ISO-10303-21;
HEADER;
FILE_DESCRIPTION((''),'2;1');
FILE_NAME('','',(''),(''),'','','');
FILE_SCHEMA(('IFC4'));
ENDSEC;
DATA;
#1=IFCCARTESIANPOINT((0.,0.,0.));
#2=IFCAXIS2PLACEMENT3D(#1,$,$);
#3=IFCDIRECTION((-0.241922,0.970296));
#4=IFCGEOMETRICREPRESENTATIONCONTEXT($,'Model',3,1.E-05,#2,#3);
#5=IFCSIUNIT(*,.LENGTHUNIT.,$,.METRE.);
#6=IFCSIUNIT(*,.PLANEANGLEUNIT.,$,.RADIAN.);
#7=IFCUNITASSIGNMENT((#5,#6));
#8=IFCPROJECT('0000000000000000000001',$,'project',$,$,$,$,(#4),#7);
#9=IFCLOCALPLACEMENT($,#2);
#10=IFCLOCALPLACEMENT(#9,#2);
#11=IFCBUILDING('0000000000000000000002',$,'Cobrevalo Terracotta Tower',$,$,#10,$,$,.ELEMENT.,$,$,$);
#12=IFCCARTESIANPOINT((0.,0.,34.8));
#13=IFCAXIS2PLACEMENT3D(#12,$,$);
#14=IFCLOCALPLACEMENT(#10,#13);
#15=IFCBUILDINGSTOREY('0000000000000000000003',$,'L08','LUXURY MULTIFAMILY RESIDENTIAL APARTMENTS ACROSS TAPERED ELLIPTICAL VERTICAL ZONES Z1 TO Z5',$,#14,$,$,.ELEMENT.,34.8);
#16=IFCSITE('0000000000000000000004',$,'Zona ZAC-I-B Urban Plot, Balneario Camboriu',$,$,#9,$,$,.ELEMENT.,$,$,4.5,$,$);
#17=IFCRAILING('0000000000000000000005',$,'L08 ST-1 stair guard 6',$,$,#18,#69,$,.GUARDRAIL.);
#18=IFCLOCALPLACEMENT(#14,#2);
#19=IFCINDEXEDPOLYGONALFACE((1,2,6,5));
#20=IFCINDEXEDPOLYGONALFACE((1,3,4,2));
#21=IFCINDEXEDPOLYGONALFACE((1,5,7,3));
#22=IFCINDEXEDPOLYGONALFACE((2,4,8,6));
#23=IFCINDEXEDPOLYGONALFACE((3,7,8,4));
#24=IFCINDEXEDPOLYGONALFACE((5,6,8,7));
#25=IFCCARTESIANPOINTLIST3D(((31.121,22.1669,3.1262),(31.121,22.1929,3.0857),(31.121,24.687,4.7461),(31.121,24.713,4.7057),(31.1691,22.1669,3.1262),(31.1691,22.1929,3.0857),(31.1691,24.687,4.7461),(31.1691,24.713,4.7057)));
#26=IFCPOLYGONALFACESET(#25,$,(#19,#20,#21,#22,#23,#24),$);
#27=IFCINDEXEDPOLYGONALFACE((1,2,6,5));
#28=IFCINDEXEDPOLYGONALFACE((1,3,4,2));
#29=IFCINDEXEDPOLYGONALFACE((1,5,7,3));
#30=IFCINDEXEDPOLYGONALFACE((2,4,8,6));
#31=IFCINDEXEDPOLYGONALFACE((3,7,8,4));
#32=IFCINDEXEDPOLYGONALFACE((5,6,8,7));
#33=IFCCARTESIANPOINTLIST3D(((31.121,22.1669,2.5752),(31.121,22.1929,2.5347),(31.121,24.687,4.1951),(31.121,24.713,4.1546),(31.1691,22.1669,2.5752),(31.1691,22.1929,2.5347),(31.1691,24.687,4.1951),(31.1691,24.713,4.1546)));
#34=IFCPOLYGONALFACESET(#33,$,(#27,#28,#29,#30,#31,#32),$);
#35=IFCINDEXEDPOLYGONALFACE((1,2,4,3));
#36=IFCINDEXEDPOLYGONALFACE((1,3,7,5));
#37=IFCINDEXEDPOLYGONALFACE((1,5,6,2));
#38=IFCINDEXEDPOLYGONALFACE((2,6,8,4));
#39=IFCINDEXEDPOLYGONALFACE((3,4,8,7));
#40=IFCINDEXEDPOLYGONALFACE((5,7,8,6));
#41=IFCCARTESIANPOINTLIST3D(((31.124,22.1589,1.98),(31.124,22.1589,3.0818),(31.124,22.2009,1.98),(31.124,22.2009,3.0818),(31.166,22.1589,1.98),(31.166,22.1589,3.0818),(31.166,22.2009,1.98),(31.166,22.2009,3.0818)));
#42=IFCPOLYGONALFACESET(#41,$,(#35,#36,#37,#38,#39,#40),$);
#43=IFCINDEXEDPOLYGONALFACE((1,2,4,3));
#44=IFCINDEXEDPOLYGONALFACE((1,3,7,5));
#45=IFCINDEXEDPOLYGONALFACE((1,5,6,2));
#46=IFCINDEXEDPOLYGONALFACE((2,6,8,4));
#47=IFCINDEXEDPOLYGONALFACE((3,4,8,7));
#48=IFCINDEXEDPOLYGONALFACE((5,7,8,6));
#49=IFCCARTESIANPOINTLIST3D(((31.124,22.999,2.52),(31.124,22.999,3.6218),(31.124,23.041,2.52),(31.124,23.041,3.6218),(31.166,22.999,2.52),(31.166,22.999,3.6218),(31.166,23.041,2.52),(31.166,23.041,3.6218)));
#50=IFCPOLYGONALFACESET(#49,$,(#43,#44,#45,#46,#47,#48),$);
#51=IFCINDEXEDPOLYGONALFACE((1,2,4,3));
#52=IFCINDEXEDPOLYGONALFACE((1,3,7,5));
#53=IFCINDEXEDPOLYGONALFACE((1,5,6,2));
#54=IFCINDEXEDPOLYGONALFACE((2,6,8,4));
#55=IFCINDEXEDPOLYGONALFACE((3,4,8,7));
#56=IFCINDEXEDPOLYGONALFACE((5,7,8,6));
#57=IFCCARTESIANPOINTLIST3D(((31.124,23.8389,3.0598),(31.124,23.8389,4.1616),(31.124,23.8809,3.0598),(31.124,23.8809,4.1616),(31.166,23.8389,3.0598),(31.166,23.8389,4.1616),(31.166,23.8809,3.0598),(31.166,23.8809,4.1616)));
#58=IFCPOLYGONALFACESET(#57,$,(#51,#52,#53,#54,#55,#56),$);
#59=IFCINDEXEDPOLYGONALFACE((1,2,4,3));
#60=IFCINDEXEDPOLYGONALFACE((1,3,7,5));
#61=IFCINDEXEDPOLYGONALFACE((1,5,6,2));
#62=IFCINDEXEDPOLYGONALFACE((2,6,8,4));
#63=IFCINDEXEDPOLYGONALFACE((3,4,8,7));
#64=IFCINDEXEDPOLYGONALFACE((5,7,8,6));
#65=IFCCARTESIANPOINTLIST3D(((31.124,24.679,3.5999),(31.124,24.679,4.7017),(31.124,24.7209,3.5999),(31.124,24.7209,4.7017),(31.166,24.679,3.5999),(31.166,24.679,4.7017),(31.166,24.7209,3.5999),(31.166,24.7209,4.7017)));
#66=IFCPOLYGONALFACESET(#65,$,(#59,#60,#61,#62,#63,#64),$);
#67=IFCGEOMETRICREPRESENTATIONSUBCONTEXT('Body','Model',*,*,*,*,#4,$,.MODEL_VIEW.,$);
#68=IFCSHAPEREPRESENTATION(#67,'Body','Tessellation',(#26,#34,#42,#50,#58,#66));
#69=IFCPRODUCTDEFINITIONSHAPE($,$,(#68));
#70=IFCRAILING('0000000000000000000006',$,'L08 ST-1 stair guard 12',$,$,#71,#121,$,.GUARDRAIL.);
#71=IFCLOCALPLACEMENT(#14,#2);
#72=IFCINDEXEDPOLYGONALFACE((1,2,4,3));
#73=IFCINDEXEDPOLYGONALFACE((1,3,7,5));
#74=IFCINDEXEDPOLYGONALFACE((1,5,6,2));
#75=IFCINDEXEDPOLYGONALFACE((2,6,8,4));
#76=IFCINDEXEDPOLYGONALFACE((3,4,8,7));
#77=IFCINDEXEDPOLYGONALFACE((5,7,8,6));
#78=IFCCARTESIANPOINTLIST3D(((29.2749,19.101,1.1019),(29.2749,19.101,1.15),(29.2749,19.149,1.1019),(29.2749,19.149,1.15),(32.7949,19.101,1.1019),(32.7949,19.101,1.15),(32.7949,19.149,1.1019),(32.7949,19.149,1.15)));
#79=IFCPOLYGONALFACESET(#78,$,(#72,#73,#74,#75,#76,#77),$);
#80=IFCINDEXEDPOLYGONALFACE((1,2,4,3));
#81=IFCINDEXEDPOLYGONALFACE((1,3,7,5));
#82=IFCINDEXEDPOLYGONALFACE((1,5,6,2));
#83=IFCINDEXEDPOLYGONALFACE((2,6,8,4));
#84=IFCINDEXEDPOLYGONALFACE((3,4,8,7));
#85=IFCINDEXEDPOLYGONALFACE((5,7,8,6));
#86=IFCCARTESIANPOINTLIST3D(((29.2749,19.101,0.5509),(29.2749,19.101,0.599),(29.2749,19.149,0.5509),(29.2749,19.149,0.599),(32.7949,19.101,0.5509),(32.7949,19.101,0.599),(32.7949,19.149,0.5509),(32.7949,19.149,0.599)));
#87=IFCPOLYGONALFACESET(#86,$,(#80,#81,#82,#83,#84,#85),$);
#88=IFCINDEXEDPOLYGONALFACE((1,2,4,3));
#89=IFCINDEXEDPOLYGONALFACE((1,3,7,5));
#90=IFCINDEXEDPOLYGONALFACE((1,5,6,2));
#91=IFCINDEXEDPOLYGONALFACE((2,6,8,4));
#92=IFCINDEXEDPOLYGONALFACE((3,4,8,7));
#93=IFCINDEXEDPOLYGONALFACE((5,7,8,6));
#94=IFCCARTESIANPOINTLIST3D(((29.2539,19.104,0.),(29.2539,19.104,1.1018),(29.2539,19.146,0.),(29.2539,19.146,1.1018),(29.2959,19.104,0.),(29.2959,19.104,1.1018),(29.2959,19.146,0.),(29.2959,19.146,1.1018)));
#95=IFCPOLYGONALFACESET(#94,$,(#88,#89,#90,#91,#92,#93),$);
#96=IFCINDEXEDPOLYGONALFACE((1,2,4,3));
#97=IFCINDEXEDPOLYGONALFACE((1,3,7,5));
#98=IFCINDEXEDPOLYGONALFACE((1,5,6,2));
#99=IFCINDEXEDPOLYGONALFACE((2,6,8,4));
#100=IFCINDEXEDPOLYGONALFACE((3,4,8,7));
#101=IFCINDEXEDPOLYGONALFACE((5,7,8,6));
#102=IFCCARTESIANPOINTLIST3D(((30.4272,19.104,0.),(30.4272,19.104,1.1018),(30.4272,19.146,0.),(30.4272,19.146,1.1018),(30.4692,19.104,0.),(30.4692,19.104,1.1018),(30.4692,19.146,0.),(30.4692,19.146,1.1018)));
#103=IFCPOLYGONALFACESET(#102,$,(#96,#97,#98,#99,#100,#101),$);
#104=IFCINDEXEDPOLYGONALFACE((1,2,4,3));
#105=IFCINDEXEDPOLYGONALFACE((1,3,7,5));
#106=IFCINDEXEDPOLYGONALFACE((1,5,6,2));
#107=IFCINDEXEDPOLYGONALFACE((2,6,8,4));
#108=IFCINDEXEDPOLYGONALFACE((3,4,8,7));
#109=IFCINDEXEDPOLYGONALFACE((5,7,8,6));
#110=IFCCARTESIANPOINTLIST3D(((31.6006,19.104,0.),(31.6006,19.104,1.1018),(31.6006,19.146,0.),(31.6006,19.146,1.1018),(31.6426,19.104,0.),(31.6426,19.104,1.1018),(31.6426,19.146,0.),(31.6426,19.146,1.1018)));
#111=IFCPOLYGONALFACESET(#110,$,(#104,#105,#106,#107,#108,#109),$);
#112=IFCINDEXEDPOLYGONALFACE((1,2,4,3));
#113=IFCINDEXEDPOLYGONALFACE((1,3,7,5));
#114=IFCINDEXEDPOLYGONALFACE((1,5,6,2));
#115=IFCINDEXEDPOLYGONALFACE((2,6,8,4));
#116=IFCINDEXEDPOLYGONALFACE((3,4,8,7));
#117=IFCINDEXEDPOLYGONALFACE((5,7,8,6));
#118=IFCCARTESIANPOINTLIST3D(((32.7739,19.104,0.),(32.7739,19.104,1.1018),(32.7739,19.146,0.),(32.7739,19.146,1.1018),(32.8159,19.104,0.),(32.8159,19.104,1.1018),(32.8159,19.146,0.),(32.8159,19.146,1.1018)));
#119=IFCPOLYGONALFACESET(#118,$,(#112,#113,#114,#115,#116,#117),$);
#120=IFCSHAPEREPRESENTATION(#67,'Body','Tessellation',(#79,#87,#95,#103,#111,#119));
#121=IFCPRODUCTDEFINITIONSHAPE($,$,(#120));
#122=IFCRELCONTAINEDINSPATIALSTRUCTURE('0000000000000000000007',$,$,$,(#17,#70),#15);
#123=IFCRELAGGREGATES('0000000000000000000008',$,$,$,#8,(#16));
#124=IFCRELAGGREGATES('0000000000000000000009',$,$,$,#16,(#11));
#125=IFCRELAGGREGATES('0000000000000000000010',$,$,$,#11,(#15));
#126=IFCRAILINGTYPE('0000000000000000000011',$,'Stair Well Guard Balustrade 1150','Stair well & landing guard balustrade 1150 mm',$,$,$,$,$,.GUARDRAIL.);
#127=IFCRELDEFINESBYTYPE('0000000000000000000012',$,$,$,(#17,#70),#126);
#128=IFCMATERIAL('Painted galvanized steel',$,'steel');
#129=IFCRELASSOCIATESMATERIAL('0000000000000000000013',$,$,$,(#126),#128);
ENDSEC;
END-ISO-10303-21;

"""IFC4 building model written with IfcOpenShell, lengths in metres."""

from ifc_helpers import new_model, si_unit, direction, frame, origin, origin_2d, place, context, subcontext, project, spatial, rectangle, extrude, material, type_object, element, save


model = new_model("IFC4")

# Units and contexts
model_context = context("Model", 3, precision=1e-05, world=origin(), true_north=direction((-0.241922, 0.970296)))
body_context = subcontext(model_context, "Body", "Model", "MODEL_VIEW")
ifc_project = project(units=[si_unit("LENGTHUNIT", "METRE"), si_unit("PLANEANGLEUNIT", "RADIAN")], contexts=[model_context])

# Site, building, storey
site_placement = place(None, origin())
site = spatial("IfcSite", under=ifc_project, at=site_placement, Name="Zona ZAC-I-B Urban Plot, Balneario Camboriu", CompositionType="ELEMENT", RefElevation=4.5)
building_placement = place(site_placement, origin())
building = spatial("IfcBuilding", under=site, at=building_placement, Name="Cobrevalo Terracotta Tower", CompositionType="ELEMENT")
storey_placement = place(building_placement, frame((0.0, 0.0, 34.8)))
storey = spatial("IfcBuildingStorey", under=building, at=storey_placement, Name="L08", Description="LUXURY MULTIFAMILY RESIDENTIAL APARTMENTS ACROSS TAPERED ELLIPTICAL VERTICAL ZONES Z1 TO Z5", CompositionType="ELEMENT", Elevation=34.8)

# Railings
ifc_material_1 = material(Name="Painted galvanized steel", Category="steel")
railing_type_1 = type_object("IfcRailingType", Name="Stair Well Guard Balustrade 1150", Description="Stair well & landing guard balustrade 1150 mm", PredefinedType="GUARDRAIL", material=ifc_material_1)
railing_1_placement = place(storey_placement, frame((31.145, 22.1799, 1.98)))
element("IfcRailing", 1, at=railing_1_placement, inside=storey, type_object=railing_type_1, Name="L08 ST-1 stair guard 6", PredefinedType="GUARDRAIL", context=body_context, shape_type="SweptSolid", body=[
    extrude(rectangle(XDim=0.0481, YDim=0.0481, at=origin_2d()), frame((0.0, 0.0, 1.126), z_axis=(0.0, 0.8412, 0.540725), x_axis=(-1.0, 0.0, 0.0)), (0.0, 0.0, 1.0), 2.9958),
    extrude(rectangle(XDim=0.0481, YDim=0.0481, at=origin_2d()), frame((0.0, 0.0, 0.575), z_axis=(0.0, 0.8412, 0.540725), x_axis=(-1.0, 0.0, 0.0)), (0.0, 0.0, 1.0), 2.9958),
    extrude(rectangle(XDim=0.042, YDim=0.042, at=origin_2d()), origin(), (0.0, 0.0, 1.0), 1.1018),
    extrude(rectangle(XDim=0.042, YDim=0.042, at=origin_2d()), frame((0.0, 0.8401, 0.54)), (0.0, 0.0, 1.0), 1.1018),
    extrude(rectangle(XDim=0.042, YDim=0.042, at=origin_2d()), frame((0.0, 1.6799, 1.0798)), (0.0, 0.0, 1.0), 1.1018),
    extrude(rectangle(XDim=0.042, YDim=0.042, at=origin_2d()), frame((0.0, 2.52, 1.6199)), (0.0, 0.0, 1.0), 1.1018),
])
railing_2_placement = place(storey_placement, frame((29.2749, 19.125, 0.0)))
element("IfcRailing", 2, at=railing_2_placement, inside=storey, type_object=railing_type_1, Name="L08 ST-1 stair guard 12", PredefinedType="GUARDRAIL", context=body_context, shape_type="SweptSolid", body=[
    extrude(rectangle(XDim=0.0481, YDim=0.0481, at=origin_2d()), frame((0.0, 0.0, 1.126), z_axis=(1.0, 0.0, 0.0), x_axis=(0.0, 1.0, 0.0)), (0.0, 0.0, 1.0), 3.52),
    extrude(rectangle(XDim=0.0481, YDim=0.0481, at=origin_2d()), frame((0.0, 0.0, 0.575), z_axis=(1.0, 0.0, 0.0), x_axis=(0.0, 1.0, 0.0)), (0.0, 0.0, 1.0), 3.52),
    extrude(rectangle(XDim=0.042, YDim=0.042, at=origin_2d()), origin(), (0.0, 0.0, 1.0), 1.1018),
    extrude(rectangle(XDim=0.042, YDim=0.042, at=origin_2d()), frame((1.1733, 0.0, 0.0)), (0.0, 0.0, 1.0), 1.1018),
    extrude(rectangle(XDim=0.042, YDim=0.042, at=origin_2d()), frame((2.3467, 0.0, 0.0)), (0.0, 0.0, 1.0), 1.1018),
    extrude(rectangle(XDim=0.042, YDim=0.042, at=origin_2d()), frame((3.52, 0.0, 0.0)), (0.0, 0.0, 1.0), 1.1018),
])

save(model, "model.ifc")
